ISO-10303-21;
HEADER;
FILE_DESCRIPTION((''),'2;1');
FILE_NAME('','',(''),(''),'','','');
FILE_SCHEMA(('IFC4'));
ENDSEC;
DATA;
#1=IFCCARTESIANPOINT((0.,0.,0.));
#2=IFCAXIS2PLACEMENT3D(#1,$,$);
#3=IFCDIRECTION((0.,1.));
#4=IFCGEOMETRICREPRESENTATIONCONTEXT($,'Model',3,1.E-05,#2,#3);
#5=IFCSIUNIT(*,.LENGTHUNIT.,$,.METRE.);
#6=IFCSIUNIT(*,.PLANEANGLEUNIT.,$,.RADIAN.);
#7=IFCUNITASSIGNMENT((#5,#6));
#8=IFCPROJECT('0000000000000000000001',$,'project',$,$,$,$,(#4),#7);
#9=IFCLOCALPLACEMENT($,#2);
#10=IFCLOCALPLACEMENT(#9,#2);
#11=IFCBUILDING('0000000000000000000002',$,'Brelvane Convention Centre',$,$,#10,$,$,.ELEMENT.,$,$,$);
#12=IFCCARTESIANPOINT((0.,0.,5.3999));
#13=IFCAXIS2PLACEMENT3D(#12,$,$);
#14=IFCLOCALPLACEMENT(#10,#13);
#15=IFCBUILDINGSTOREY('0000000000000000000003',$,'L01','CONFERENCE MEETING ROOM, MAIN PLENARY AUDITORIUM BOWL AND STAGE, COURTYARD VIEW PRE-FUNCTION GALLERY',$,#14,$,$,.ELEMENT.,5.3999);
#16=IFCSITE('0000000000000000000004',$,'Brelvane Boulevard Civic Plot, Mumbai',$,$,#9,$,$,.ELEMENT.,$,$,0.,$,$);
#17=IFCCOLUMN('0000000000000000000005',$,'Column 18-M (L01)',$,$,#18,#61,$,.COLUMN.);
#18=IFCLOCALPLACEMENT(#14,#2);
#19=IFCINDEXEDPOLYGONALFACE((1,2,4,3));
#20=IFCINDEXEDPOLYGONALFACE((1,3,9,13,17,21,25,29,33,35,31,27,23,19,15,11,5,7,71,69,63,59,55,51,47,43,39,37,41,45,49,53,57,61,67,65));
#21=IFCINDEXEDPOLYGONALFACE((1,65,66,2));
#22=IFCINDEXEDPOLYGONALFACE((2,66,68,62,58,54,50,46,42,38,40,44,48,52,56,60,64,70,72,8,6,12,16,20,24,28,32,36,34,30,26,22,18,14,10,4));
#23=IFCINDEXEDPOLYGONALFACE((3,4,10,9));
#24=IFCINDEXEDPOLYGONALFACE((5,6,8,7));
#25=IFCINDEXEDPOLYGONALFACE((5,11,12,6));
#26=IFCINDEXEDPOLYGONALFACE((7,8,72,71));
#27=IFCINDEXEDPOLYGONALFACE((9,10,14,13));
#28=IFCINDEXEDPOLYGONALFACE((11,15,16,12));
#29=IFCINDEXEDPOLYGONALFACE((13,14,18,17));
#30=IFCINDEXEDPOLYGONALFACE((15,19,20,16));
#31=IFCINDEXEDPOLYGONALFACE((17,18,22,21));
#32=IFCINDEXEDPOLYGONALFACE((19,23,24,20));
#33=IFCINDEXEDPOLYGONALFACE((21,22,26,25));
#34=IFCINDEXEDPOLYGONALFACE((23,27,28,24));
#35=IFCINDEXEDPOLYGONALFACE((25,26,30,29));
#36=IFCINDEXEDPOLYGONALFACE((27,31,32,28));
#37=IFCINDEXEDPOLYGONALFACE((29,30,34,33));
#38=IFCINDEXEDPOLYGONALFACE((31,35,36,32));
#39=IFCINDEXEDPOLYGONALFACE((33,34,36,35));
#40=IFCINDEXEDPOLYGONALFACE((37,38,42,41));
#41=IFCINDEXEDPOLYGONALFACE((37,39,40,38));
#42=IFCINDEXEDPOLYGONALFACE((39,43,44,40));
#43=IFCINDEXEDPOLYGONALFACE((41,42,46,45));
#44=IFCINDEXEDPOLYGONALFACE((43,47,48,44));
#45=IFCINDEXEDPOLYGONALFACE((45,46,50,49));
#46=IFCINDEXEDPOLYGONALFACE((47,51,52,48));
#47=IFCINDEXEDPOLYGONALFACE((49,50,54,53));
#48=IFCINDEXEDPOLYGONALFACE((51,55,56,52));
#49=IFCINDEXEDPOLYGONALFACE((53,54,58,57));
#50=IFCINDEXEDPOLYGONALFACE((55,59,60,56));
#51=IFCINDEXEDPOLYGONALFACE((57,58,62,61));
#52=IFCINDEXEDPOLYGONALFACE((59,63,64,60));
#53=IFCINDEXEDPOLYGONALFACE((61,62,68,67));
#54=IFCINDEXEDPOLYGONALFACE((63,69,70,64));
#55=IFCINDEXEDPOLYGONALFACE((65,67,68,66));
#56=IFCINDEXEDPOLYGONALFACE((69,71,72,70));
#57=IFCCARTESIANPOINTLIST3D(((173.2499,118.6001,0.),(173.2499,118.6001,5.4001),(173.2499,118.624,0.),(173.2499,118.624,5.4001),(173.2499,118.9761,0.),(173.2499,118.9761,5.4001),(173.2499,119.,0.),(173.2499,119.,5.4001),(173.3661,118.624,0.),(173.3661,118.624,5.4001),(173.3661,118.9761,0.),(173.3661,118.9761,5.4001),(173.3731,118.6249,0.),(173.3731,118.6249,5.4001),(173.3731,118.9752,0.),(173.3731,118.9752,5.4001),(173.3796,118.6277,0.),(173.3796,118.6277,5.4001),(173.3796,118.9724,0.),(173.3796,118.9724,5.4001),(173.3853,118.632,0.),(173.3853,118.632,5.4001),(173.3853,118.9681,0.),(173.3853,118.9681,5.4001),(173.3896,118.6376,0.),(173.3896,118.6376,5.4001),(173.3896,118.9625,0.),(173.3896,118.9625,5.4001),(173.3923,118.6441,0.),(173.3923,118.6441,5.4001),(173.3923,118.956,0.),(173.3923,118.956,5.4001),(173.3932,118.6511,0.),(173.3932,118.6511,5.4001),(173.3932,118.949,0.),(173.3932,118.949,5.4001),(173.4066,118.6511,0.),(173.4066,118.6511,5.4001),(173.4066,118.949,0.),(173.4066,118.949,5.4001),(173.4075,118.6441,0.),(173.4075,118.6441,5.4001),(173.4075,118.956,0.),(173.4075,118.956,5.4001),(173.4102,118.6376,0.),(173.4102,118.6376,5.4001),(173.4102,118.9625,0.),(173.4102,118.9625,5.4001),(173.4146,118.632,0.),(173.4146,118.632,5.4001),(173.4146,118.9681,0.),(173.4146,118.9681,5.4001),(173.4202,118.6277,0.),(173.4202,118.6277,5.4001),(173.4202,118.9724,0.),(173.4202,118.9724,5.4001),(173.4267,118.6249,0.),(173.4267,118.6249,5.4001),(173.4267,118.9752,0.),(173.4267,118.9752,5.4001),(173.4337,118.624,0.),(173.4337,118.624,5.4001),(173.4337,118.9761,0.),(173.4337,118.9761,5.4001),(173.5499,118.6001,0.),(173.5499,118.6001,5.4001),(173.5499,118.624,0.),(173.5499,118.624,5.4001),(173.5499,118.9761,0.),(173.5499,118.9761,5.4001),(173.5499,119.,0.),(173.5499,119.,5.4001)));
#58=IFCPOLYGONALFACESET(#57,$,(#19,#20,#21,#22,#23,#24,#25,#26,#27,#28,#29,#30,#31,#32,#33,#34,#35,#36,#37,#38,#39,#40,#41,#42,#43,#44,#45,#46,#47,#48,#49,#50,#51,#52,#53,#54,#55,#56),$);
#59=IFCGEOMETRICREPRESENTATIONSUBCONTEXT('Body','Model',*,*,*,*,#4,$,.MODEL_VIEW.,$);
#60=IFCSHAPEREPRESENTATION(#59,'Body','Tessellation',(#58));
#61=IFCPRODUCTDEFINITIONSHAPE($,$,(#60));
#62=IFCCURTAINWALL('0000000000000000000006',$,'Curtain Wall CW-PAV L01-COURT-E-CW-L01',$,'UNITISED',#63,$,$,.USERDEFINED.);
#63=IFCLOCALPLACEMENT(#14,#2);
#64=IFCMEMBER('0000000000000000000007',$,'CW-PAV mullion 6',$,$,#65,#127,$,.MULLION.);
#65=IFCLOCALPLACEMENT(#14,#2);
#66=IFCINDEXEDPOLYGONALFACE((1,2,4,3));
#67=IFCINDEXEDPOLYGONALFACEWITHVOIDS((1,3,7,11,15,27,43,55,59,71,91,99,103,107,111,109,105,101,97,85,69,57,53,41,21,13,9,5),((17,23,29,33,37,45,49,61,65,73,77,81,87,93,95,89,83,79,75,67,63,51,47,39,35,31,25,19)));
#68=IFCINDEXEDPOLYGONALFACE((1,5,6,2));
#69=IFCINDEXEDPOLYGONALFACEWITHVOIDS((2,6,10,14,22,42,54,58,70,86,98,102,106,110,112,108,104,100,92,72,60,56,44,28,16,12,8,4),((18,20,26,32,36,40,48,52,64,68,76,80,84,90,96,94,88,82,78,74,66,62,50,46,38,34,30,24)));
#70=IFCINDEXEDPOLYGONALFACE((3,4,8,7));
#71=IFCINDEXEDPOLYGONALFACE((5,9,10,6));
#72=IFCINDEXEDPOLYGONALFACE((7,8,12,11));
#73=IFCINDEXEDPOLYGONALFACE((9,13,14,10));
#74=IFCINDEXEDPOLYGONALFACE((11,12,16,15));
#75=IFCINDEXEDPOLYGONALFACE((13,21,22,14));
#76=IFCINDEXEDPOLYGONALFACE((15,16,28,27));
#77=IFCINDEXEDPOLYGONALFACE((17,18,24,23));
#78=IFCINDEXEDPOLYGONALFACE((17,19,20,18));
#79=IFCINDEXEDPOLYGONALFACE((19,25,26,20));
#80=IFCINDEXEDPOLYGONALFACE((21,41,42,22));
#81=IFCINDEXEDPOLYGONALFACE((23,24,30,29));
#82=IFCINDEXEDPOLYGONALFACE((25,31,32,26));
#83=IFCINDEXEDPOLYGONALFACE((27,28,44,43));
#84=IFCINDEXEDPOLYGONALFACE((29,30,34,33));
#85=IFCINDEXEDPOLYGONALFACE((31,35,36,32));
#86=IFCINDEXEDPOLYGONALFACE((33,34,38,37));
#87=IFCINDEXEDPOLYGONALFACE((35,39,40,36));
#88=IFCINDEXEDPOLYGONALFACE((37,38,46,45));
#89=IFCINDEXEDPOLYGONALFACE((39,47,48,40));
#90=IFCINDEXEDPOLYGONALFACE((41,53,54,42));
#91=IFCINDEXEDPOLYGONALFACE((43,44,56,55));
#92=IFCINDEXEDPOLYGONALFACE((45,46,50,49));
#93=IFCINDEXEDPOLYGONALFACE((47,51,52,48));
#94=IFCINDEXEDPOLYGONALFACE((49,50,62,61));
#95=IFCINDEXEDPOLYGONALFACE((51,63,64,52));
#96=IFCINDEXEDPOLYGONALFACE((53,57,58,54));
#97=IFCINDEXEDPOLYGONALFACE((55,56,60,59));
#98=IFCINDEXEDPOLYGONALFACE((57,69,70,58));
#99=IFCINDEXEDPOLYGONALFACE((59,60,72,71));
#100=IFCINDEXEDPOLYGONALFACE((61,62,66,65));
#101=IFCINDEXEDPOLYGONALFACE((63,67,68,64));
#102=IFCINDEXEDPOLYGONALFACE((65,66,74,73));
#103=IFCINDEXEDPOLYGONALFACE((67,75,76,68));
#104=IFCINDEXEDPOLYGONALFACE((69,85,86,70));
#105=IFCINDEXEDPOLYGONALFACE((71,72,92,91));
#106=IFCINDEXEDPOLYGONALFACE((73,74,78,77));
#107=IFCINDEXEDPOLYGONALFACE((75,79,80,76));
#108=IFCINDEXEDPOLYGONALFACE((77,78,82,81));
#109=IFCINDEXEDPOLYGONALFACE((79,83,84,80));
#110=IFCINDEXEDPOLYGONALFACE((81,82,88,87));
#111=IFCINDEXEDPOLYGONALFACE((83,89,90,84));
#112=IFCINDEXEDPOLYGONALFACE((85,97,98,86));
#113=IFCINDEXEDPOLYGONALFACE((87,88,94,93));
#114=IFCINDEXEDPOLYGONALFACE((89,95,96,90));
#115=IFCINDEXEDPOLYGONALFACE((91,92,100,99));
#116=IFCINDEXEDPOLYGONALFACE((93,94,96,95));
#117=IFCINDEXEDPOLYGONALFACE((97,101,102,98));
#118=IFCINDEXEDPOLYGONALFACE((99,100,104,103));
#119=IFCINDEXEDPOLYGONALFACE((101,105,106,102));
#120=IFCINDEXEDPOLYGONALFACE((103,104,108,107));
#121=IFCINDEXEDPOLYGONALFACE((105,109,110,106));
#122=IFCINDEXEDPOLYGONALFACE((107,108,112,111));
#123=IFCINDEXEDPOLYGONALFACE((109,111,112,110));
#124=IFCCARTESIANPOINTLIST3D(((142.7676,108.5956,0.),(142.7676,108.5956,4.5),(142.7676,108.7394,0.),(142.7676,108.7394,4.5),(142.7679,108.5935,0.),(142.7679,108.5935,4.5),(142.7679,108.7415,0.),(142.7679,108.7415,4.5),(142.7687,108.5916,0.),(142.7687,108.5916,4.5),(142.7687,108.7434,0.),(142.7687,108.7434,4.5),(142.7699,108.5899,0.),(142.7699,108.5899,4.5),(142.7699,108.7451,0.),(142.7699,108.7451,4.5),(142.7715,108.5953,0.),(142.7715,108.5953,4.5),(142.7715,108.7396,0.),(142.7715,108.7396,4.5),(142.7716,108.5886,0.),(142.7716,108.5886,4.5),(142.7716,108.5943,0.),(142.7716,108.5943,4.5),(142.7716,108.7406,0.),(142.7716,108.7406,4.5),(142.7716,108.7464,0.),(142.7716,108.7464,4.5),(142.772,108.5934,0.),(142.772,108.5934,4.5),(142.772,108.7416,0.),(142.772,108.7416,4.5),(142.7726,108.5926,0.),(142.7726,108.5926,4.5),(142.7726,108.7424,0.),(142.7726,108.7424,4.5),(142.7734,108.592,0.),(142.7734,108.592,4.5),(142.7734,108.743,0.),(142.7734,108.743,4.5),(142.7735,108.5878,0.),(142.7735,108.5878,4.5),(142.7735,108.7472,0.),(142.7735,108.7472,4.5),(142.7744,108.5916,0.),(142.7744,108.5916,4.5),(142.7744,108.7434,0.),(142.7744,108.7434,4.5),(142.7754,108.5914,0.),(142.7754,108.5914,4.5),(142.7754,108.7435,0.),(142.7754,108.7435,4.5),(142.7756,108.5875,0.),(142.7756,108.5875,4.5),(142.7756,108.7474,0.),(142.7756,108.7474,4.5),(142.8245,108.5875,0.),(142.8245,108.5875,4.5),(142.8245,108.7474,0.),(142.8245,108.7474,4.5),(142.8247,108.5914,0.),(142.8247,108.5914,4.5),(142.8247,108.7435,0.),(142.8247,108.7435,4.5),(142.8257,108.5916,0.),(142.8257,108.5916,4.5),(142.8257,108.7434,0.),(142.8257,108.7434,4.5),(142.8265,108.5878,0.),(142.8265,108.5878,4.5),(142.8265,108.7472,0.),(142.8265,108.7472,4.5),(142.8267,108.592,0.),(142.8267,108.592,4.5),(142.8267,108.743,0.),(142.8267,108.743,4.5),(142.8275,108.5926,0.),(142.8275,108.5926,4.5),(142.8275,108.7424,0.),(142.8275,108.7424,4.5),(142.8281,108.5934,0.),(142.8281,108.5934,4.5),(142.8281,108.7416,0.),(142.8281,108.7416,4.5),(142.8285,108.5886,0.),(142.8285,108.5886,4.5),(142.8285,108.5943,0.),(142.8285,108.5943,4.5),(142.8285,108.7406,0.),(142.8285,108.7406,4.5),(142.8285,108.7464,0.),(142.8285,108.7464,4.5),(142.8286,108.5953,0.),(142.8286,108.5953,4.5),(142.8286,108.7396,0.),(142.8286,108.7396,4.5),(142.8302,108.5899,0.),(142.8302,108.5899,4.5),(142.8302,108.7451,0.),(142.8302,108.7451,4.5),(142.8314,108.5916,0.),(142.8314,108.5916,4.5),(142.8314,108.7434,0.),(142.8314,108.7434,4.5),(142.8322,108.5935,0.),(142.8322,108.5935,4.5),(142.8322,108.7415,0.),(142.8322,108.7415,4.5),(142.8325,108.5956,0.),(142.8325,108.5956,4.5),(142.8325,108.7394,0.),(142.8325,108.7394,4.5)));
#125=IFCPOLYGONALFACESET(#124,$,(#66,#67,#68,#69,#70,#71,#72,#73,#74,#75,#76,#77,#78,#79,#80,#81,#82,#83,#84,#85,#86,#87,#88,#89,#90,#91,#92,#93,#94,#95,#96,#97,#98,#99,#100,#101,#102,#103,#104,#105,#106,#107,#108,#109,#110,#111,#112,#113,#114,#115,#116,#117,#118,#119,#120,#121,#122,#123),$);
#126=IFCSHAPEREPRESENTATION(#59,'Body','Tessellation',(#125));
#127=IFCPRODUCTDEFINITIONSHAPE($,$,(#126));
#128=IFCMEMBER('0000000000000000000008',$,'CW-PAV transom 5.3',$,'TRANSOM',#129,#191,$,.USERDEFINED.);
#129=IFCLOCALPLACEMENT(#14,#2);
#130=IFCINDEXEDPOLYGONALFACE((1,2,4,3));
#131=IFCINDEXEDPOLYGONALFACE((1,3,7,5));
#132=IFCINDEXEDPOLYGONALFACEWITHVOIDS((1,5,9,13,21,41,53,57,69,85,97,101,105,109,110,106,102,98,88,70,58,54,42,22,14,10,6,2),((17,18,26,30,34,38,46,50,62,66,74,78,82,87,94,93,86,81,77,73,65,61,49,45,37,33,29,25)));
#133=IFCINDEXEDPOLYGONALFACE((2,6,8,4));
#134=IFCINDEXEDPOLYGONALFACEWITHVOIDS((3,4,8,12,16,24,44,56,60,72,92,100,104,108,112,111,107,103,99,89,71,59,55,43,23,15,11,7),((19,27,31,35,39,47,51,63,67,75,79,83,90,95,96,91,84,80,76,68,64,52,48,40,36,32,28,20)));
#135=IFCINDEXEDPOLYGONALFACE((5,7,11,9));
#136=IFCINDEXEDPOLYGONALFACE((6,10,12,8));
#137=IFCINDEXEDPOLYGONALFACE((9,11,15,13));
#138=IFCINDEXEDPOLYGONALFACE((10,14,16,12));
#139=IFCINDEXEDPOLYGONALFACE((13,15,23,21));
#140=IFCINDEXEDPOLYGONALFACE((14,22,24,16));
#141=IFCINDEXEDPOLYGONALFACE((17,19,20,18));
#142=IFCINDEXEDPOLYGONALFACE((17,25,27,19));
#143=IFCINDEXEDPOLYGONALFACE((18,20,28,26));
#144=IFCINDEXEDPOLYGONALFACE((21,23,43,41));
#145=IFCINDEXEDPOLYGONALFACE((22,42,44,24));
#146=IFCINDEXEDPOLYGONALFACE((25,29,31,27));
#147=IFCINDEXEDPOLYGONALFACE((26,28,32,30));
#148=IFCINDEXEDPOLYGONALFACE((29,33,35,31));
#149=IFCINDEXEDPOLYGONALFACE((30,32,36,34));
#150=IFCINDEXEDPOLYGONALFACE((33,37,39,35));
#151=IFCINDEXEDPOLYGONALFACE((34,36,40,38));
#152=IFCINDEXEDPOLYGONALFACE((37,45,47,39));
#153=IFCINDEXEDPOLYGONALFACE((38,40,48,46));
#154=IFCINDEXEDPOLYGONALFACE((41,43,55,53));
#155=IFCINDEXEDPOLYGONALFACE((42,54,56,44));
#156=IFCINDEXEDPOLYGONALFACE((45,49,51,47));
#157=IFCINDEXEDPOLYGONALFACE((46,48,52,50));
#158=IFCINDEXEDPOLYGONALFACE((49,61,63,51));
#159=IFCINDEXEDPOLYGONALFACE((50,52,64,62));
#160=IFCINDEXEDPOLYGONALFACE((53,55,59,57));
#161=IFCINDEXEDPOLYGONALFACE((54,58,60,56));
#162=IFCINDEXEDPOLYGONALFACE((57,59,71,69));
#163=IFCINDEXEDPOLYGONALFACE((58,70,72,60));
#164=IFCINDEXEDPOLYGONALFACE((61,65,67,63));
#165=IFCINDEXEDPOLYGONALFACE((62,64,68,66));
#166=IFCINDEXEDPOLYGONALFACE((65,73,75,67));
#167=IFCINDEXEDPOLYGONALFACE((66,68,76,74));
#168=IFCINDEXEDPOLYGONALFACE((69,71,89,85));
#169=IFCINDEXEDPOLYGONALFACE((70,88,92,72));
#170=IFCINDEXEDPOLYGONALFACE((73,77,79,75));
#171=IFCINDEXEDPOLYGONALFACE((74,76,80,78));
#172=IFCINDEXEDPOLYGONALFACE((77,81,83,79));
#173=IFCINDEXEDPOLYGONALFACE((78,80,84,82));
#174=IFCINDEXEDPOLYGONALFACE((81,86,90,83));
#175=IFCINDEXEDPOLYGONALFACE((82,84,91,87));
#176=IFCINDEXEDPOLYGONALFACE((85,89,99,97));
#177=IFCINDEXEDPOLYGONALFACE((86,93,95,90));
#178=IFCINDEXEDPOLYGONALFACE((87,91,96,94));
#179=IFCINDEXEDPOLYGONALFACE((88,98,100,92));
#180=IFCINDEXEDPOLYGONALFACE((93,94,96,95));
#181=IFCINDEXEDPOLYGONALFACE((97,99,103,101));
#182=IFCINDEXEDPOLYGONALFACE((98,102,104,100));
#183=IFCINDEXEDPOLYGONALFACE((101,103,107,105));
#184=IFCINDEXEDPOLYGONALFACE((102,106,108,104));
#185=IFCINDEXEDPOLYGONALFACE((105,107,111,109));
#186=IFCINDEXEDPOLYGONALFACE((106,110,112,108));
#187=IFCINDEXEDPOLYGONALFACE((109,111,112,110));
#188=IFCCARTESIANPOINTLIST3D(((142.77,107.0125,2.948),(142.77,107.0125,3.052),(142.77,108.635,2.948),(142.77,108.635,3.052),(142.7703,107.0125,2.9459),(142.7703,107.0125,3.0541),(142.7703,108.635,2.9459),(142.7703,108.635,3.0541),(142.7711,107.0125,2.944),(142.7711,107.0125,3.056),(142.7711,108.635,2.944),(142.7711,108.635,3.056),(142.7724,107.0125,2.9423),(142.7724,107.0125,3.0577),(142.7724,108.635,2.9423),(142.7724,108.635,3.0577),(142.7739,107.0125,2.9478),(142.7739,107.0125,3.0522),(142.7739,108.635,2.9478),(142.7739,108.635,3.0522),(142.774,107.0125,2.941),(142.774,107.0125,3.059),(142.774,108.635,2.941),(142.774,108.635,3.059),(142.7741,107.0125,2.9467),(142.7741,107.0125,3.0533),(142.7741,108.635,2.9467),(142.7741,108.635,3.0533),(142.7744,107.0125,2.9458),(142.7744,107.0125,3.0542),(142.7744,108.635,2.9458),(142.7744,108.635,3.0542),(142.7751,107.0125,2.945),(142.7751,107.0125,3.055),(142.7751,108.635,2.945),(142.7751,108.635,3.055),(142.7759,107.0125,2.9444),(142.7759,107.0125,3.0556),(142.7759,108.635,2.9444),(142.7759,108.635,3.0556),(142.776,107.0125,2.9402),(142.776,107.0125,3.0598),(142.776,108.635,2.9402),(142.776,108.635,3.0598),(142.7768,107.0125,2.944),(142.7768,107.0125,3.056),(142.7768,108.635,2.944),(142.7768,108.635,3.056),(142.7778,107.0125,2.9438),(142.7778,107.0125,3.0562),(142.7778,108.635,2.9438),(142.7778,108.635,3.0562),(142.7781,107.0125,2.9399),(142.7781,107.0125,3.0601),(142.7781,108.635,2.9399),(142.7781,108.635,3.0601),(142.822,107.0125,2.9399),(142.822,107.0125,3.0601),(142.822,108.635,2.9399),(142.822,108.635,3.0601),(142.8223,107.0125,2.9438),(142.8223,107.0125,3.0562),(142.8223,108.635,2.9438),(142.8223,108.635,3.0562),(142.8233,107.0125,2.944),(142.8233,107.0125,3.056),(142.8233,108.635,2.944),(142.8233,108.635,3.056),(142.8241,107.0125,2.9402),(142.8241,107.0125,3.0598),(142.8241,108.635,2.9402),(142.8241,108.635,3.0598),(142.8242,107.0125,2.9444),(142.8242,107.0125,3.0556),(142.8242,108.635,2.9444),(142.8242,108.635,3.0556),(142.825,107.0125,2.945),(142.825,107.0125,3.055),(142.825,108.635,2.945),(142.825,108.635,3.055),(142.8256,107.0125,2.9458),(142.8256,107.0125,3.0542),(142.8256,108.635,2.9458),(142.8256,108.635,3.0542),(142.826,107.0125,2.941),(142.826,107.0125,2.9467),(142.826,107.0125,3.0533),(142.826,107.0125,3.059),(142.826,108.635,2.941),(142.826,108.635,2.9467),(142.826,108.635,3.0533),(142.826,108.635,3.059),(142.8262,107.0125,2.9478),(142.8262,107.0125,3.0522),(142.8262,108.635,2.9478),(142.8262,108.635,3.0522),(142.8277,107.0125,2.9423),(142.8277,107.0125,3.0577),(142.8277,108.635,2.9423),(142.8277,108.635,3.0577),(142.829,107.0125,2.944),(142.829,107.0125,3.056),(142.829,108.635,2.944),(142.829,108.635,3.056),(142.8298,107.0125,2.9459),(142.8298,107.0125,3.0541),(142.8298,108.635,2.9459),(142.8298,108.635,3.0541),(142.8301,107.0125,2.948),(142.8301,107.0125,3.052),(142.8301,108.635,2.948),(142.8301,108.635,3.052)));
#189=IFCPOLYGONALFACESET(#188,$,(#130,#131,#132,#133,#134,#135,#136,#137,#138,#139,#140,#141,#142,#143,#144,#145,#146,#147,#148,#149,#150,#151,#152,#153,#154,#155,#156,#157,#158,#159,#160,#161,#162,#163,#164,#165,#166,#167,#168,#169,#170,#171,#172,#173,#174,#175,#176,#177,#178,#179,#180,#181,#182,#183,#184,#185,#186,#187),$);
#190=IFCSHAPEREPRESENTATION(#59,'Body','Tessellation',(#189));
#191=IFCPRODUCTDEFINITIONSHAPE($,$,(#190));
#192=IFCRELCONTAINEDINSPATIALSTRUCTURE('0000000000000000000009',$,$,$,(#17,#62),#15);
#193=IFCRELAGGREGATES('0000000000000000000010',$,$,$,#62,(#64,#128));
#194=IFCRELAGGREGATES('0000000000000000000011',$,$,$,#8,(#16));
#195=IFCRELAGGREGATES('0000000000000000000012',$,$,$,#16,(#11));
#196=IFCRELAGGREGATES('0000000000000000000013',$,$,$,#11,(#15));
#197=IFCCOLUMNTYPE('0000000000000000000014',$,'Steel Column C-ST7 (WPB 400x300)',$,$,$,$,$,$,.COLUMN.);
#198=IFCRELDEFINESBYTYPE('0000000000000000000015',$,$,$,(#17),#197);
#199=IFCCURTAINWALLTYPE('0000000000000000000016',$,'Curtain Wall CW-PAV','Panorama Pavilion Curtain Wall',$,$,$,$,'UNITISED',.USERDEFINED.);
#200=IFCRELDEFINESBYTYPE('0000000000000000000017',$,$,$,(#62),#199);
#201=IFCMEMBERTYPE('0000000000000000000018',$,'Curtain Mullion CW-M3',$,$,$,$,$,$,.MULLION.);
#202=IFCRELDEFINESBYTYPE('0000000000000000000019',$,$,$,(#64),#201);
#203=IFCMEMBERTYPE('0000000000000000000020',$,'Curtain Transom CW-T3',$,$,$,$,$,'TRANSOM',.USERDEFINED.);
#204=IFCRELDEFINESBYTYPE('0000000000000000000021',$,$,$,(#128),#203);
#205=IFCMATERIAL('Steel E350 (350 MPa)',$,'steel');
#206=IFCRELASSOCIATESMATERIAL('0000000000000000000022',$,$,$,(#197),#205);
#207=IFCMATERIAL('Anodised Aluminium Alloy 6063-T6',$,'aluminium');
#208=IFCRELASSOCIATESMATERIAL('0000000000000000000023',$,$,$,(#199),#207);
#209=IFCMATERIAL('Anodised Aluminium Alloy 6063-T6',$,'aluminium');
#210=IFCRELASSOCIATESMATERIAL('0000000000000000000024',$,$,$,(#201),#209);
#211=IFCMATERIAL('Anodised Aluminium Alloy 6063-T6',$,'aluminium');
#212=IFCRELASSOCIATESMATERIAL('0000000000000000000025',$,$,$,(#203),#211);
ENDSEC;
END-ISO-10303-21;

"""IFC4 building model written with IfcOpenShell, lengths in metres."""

from ifc_helpers import new_model, si_unit, direction, frame, origin, origin_2d, place, context, subcontext, project, spatial, hollow_rectangle, i_section, extrude, material, material_profile, profile_set, type_object, element, aggregate, save


model = new_model("IFC4")

# Units and contexts
model_context = context("Model", 3, precision=1e-05, world=origin(), true_north=direction((0.0, 1.0)))
body_context = subcontext(model_context, "Body", "Model", "MODEL_VIEW")
ifc_project = project(units=[si_unit("LENGTHUNIT", "METRE"), si_unit("PLANEANGLEUNIT", "RADIAN")], contexts=[model_context])

# Site, building, storey
site_placement = place(None, origin())
site = spatial("IfcSite", under=ifc_project, at=site_placement, Name="Brelvane Boulevard Civic Plot, Mumbai", CompositionType="ELEMENT", RefElevation=0.0)
building_placement = place(site_placement, origin())
building = spatial("IfcBuilding", under=site, at=building_placement, Name="Brelvane Convention Centre", CompositionType="ELEMENT")
storey_placement = place(building_placement, frame((0.0, 0.0, 5.3999)))
storey = spatial("IfcBuildingStorey", under=building, at=storey_placement, Name="L01", Description="CONFERENCE MEETING ROOM, MAIN PLENARY AUDITORIUM BOWL AND STAGE, COURTYARD VIEW PRE-FUNCTION GALLERY", CompositionType="ELEMENT", Elevation=5.3999)

# Column
ifc_material_1 = material(Name="Steel E350 (350 MPa)", Category="steel")
ifc_material_profile_1 = material_profile(ifc_material_1, i_section(OverallWidth=0.3, OverallDepth=0.3999, WebThickness=0.0134, FlangeThickness=0.0239, FilletRadius=0.0271, at=origin_2d()), Name="WPB 400x300")
ifc_profile_set_1 = profile_set([ifc_material_profile_1], Name="Steel E350 (350 MPa)")
column_type_1 = type_object("IfcColumnType", Name="Steel Column C-ST7 (WPB 400x300)", PredefinedType="COLUMN", material=ifc_profile_set_1)
for number, where, z_axis, x_axis, name in (
    (1, (173.3999, 118.8, 0.0), (0.0, 0.0, 1.0), (1.0, 0.0, 0.0), "Column 18-M (L01)"),
):
    element("IfcColumn", number, at=place(storey_placement, frame(where, z_axis=z_axis, x_axis=x_axis)), inside=storey, type_object=column_type_1, Name=name, PredefinedType="COLUMN", context=body_context, shape_type="SweptSolid", body=[
        extrude(i_section(OverallWidth=0.3, OverallDepth=0.3999, WebThickness=0.0134, FlangeThickness=0.0239, FilletRadius=0.0271, at=origin_2d()), origin(), (0.0, 0.0, 1.0), 5.4001),
    ])

# Curtain wall, members
ifc_material_2 = material(Name="Anodised Aluminium Alloy 6063-T6", Category="aluminium")
curtain_wall_type = type_object("IfcCurtainWallType", Name="Curtain Wall CW-PAV", Description="Panorama Pavilion Curtain Wall", ElementType="UNITISED", PredefinedType="USERDEFINED", material=ifc_material_2)
curtain_wall_placement = place(storey_placement, origin())
curtain_wall = element("IfcCurtainWall", 2, at=curtain_wall_placement, inside=storey, type_object=curtain_wall_type, Name="Curtain Wall CW-PAV L01-COURT-E-CW-L01", ObjectType="UNITISED", PredefinedType="USERDEFINED")
ifc_material_3 = material(Name="Anodised Aluminium Alloy 6063-T6", Category="aluminium")
ifc_material_profile_2 = material_profile(ifc_material_3, hollow_rectangle(XDim=0.0649, YDim=0.1599, WallThickness=0.0039, InnerFilletRadius=0.0039, OuterFilletRadius=0.0081, at=origin_2d()), Name="ALU-M 160x65x4.0")
ifc_profile_set_2 = profile_set([ifc_material_profile_2], Name="Anodised Aluminium Alloy 6063-T6")
member_type_1 = type_object("IfcMemberType", Name="Curtain Mullion CW-M3", PredefinedType="MULLION", material=ifc_profile_set_2)
member_1_placement = place(storey_placement, frame((142.8, 108.6675, 0.0), z_axis=(0.0, 0.0, 1.0), x_axis=(-1.0, 0.0, 0.0)))
member_1 = element("IfcMember", 3, at=member_1_placement, type_object=member_type_1, Name="CW-PAV mullion 6", PredefinedType="MULLION", context=body_context, shape_type="SweptSolid", body=[
    extrude(hollow_rectangle(XDim=0.0649, YDim=0.1599, WallThickness=0.0039, InnerFilletRadius=0.0039, OuterFilletRadius=0.0081, at=origin_2d()), origin(), (0.0, 0.0, 1.0), 4.5),
])
ifc_material_4 = material(Name="Anodised Aluminium Alloy 6063-T6", Category="aluminium")
ifc_material_profile_3 = material_profile(ifc_material_4, hollow_rectangle(XDim=0.0601, YDim=0.1201, WallThickness=0.0039, InnerFilletRadius=0.0039, OuterFilletRadius=0.0081, at=origin_2d()), Name="ALU-T 120x60x4.0")
ifc_profile_set_3 = profile_set([ifc_material_profile_3], Name="Anodised Aluminium Alloy 6063-T6")
member_type_2 = type_object("IfcMemberType", Name="Curtain Transom CW-T3", ElementType="TRANSOM", PredefinedType="USERDEFINED", material=ifc_profile_set_3)
member_2_placement = place(storey_placement, frame((142.8, 107.0125, 3.0), z_axis=(0.0, 1.0, 0.0), x_axis=(-1.0, 0.0, 0.0)))
member_2 = element("IfcMember", 4, at=member_2_placement, type_object=member_type_2, Name="CW-PAV transom 5.3", ObjectType="TRANSOM", PredefinedType="USERDEFINED", context=body_context, shape_type="SweptSolid", body=[
    extrude(hollow_rectangle(XDim=0.0601, YDim=0.1201, WallThickness=0.0039, InnerFilletRadius=0.0039, OuterFilletRadius=0.0081, at=origin_2d()), origin(), (0.0, 0.0, 1.0), 1.6226),
])

aggregate(curtain_wall, [member_1, member_2])

save(model, "model.ifc")
